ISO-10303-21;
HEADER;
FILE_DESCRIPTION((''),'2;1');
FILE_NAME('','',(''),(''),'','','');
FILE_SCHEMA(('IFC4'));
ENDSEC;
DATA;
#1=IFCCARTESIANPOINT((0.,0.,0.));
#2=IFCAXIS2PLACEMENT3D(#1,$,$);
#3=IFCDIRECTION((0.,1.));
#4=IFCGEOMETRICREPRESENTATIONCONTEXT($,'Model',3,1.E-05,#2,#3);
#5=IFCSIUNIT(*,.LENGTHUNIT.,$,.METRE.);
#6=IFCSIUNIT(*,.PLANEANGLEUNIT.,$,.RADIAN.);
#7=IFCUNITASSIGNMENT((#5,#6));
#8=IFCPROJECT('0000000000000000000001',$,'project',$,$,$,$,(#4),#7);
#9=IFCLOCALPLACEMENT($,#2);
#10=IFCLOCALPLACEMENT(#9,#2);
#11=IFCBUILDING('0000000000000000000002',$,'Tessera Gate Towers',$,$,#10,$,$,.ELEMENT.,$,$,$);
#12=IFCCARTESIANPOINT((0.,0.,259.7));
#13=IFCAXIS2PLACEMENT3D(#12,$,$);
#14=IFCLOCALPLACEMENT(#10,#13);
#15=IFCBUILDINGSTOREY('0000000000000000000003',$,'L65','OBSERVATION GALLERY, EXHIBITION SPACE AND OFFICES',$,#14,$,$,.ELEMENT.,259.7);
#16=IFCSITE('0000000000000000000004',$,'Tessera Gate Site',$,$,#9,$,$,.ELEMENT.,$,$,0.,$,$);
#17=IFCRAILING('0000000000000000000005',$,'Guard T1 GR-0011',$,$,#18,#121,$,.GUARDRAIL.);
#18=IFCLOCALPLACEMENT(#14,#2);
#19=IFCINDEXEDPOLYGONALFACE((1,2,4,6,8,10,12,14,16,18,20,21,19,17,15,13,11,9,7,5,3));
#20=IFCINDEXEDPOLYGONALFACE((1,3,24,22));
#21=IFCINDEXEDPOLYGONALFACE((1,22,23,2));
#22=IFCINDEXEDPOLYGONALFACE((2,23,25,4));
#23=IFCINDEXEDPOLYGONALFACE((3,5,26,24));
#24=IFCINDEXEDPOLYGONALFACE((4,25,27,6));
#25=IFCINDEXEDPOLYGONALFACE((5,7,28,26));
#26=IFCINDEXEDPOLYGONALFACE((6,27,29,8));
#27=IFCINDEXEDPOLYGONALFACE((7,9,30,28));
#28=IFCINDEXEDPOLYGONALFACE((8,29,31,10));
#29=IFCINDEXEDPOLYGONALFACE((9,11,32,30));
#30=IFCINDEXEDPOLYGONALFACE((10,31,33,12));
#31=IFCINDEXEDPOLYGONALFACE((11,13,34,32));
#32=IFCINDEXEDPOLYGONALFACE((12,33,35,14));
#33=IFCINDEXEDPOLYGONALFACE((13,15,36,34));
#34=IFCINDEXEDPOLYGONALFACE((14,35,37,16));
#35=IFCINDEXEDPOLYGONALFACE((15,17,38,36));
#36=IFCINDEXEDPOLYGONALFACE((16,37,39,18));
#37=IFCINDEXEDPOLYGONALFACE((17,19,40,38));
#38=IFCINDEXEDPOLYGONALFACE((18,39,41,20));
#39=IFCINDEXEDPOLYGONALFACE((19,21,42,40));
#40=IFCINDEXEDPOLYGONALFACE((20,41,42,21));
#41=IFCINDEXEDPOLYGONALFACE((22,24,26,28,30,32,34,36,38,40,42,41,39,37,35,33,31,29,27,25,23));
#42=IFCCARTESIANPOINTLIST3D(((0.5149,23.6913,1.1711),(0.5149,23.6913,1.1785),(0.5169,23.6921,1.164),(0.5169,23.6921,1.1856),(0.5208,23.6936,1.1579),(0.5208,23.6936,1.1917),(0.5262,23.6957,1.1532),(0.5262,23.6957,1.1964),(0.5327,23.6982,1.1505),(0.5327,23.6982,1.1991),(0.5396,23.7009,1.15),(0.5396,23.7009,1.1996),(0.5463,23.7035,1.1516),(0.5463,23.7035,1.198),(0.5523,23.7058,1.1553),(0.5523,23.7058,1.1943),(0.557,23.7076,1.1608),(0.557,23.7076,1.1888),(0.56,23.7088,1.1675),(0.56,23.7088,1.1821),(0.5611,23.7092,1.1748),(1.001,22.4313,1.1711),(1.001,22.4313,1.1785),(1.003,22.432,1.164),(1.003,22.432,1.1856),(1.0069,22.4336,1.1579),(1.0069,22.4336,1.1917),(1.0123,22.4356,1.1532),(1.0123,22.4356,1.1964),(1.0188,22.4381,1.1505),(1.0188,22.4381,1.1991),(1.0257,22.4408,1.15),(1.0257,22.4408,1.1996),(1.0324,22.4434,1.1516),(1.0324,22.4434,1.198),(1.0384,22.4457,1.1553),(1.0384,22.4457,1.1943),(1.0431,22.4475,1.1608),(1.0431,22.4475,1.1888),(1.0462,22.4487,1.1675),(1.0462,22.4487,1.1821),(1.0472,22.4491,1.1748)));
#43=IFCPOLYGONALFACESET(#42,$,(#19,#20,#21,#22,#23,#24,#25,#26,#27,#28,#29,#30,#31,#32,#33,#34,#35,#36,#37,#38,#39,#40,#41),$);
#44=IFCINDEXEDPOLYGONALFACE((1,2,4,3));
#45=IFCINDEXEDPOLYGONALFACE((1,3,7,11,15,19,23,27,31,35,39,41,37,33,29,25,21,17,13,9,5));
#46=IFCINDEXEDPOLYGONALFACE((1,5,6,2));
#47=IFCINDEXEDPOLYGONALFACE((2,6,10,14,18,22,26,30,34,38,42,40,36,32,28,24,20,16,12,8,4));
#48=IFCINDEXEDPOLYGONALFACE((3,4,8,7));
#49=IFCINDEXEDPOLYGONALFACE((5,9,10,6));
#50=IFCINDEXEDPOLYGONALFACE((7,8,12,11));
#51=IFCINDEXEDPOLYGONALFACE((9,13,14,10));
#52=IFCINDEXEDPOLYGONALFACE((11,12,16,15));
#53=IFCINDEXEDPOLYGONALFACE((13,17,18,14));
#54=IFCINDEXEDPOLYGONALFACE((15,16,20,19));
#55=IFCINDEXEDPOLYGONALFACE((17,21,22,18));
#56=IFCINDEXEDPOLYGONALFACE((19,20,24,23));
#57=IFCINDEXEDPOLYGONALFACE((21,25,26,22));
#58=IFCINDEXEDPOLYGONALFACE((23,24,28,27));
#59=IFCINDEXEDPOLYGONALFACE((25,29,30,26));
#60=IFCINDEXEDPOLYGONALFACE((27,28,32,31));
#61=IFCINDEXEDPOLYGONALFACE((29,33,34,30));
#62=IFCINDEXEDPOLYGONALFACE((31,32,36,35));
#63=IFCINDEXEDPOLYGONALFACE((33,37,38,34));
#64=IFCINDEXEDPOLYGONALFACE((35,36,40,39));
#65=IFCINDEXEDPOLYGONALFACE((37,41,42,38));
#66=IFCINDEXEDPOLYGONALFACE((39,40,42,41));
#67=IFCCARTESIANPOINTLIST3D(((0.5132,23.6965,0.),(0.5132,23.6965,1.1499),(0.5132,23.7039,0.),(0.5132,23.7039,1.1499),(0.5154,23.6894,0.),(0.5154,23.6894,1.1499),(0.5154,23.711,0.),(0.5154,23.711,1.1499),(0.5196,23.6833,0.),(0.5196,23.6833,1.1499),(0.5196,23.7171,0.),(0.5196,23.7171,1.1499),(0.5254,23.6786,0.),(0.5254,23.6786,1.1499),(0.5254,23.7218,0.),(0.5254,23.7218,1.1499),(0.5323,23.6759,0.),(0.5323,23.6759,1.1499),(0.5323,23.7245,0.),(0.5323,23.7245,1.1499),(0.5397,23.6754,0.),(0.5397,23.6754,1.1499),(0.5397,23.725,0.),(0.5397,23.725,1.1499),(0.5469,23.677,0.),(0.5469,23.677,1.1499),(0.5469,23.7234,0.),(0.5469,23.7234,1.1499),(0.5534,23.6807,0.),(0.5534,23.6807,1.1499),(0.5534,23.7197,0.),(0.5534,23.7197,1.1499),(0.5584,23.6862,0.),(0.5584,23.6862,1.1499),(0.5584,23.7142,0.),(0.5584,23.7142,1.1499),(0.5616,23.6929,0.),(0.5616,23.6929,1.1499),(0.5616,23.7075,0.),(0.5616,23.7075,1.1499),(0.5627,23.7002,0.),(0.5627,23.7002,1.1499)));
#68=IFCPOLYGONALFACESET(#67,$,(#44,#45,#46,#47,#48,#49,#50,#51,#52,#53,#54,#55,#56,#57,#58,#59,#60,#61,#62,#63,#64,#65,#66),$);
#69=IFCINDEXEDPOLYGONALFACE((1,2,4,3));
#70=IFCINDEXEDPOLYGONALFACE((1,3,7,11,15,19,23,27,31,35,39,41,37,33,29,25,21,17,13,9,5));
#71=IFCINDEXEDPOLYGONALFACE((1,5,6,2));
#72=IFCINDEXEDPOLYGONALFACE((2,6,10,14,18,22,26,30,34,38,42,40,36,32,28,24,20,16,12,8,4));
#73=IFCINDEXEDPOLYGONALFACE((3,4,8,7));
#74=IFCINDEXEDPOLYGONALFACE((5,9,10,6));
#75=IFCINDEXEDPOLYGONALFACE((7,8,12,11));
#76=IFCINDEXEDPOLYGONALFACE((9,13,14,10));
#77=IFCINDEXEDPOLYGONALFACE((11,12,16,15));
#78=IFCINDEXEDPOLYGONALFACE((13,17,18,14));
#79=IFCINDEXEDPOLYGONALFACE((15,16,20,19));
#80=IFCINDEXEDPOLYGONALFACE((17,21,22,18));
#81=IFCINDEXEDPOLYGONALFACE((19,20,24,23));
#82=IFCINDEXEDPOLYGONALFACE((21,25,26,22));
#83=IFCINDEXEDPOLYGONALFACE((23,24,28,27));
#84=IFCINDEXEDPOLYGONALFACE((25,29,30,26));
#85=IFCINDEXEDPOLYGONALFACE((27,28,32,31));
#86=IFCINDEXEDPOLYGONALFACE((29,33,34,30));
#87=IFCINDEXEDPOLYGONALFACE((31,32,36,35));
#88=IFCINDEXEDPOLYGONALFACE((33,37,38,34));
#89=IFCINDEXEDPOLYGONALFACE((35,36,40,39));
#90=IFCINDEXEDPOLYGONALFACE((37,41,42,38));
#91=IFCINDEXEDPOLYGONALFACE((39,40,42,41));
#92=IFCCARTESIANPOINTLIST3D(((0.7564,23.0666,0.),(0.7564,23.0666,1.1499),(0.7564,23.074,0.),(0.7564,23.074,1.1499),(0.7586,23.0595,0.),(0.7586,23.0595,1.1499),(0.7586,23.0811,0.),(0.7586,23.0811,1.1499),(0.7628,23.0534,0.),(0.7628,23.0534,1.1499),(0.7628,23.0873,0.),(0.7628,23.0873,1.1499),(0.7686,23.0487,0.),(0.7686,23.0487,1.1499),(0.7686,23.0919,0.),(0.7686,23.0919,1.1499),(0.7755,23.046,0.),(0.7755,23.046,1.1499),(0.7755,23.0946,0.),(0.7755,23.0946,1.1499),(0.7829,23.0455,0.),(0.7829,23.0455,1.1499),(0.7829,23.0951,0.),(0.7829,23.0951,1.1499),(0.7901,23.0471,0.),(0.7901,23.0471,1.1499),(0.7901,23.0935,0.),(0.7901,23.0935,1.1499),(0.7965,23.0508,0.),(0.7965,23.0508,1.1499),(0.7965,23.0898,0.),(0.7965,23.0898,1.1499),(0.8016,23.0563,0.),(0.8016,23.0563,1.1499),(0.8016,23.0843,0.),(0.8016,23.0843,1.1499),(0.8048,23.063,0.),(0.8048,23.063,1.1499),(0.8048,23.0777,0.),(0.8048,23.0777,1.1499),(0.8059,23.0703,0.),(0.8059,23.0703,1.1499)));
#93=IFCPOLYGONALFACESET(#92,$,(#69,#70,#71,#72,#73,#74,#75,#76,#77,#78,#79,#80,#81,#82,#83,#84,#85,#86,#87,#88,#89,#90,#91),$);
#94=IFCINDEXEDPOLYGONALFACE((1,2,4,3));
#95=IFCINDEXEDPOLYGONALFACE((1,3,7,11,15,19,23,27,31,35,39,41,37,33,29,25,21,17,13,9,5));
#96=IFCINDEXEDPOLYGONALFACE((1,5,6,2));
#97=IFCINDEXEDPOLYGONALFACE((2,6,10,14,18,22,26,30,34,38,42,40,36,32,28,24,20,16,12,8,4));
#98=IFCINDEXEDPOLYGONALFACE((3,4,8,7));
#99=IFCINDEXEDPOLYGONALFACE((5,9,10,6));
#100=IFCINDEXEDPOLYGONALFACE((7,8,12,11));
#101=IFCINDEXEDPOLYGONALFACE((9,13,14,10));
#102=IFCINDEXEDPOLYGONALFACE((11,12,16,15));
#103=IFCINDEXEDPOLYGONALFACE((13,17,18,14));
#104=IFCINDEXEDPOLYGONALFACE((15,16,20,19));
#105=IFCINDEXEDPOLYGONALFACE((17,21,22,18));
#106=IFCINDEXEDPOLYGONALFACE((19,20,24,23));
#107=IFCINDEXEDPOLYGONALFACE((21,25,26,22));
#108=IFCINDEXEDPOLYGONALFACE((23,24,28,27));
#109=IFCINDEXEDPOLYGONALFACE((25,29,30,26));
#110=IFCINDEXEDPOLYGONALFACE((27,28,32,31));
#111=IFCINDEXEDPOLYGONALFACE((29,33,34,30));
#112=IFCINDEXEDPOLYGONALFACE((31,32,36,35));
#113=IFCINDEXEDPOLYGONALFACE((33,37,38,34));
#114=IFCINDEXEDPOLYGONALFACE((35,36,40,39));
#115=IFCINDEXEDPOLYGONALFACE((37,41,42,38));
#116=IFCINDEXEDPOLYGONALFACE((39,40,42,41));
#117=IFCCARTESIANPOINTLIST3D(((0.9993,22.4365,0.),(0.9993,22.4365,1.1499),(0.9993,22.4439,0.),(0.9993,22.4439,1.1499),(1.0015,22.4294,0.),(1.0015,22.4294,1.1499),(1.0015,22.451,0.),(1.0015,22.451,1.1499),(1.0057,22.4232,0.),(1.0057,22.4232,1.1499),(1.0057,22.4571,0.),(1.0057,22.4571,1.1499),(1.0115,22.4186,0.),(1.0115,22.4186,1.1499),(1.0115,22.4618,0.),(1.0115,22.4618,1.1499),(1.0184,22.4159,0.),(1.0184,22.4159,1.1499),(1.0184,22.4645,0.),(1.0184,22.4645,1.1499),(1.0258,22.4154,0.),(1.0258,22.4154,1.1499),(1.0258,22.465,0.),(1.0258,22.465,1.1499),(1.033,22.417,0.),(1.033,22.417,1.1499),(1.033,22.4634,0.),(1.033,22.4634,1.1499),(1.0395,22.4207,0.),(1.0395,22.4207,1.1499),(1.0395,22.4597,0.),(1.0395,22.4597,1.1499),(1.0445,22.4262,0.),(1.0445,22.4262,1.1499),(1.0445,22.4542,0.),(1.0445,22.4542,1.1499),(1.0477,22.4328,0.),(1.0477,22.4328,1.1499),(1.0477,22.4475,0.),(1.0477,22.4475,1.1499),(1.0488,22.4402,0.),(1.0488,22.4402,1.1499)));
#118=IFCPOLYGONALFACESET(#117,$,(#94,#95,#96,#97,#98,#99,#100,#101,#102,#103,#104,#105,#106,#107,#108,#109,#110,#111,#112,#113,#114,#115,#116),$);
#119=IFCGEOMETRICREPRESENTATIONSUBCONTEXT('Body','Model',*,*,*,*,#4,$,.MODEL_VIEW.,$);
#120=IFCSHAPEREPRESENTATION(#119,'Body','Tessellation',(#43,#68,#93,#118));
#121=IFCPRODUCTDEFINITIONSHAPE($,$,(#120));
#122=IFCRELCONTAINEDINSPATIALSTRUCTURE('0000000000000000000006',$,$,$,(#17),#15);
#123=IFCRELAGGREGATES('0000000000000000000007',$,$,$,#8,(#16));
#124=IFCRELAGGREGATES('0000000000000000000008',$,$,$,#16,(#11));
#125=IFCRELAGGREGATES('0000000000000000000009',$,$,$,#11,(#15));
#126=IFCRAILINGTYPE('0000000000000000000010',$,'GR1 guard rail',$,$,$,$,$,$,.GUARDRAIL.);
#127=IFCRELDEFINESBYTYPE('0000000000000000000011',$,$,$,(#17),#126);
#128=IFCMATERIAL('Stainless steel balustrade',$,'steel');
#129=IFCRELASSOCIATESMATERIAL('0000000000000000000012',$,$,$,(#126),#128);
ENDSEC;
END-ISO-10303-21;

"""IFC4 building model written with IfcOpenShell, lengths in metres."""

from ifc_helpers import new_model, si_unit, direction, frame, origin, origin_2d, place, context, subcontext, project, spatial, circle, extrude, material, type_object, element, save


model = new_model("IFC4")

# Units and contexts
model_context = context("Model", 3, precision=1e-05, world=origin(), true_north=direction((0.0, 1.0)))
body_context = subcontext(model_context, "Body", "Model", "MODEL_VIEW")
ifc_project = project(units=[si_unit("LENGTHUNIT", "METRE"), si_unit("PLANEANGLEUNIT", "RADIAN")], contexts=[model_context])

# Site, building, storey
site_placement = place(None, origin())
site = spatial("IfcSite", under=ifc_project, at=site_placement, Name="Tessera Gate Site", CompositionType="ELEMENT", RefElevation=0.0)
building_placement = place(site_placement, origin())
building = spatial("IfcBuilding", under=site, at=building_placement, Name="Tessera Gate Towers", CompositionType="ELEMENT")
storey_placement = place(building_placement, frame((0.0, 0.0, 259.7)))
storey = spatial("IfcBuildingStorey", under=building, at=storey_placement, Name="L65", Description="OBSERVATION GALLERY, EXHIBITION SPACE AND OFFICES", CompositionType="ELEMENT", Elevation=259.7)

# Railing
ifc_material_1 = material(Name="Stainless steel balustrade", Category="steel")
railing_type_1 = type_object("IfcRailingType", Name="GR1 guard rail", PredefinedType="GUARDRAIL", material=ifc_material_1)
railing_1_placement = place(storey_placement, frame((0.5378, 23.7002, 0.0)))
element("IfcRailing", 1, at=railing_1_placement, inside=storey, type_object=railing_type_1, Name="Guard T1 GR-0011", PredefinedType="GUARDRAIL", context=body_context, shape_type="SweptSolid", body=[
    extrude(circle(Radius=0.0249, at=origin_2d()), frame((0.0, 0.0, 1.1748), z_axis=(0.359924, -0.932982, 0.0), x_axis=(0.932982, 0.359924, 0.0)), (0.0, 0.0, 1.0), 1.3506),
    extrude(circle(Radius=0.0249, at=origin_2d()), origin(), (0.0, 0.0, 1.0), 1.1499),
    extrude(circle(Radius=0.0249, at=origin_2d()), frame((0.2432, -0.6299, 0.0)), (0.0, 0.0, 1.0), 1.1499),
    extrude(circle(Radius=0.0249, at=origin_2d()), frame((0.4861, -1.26, 0.0)), (0.0, 0.0, 1.0), 1.1499),
])

save(model, "model.ifc")
